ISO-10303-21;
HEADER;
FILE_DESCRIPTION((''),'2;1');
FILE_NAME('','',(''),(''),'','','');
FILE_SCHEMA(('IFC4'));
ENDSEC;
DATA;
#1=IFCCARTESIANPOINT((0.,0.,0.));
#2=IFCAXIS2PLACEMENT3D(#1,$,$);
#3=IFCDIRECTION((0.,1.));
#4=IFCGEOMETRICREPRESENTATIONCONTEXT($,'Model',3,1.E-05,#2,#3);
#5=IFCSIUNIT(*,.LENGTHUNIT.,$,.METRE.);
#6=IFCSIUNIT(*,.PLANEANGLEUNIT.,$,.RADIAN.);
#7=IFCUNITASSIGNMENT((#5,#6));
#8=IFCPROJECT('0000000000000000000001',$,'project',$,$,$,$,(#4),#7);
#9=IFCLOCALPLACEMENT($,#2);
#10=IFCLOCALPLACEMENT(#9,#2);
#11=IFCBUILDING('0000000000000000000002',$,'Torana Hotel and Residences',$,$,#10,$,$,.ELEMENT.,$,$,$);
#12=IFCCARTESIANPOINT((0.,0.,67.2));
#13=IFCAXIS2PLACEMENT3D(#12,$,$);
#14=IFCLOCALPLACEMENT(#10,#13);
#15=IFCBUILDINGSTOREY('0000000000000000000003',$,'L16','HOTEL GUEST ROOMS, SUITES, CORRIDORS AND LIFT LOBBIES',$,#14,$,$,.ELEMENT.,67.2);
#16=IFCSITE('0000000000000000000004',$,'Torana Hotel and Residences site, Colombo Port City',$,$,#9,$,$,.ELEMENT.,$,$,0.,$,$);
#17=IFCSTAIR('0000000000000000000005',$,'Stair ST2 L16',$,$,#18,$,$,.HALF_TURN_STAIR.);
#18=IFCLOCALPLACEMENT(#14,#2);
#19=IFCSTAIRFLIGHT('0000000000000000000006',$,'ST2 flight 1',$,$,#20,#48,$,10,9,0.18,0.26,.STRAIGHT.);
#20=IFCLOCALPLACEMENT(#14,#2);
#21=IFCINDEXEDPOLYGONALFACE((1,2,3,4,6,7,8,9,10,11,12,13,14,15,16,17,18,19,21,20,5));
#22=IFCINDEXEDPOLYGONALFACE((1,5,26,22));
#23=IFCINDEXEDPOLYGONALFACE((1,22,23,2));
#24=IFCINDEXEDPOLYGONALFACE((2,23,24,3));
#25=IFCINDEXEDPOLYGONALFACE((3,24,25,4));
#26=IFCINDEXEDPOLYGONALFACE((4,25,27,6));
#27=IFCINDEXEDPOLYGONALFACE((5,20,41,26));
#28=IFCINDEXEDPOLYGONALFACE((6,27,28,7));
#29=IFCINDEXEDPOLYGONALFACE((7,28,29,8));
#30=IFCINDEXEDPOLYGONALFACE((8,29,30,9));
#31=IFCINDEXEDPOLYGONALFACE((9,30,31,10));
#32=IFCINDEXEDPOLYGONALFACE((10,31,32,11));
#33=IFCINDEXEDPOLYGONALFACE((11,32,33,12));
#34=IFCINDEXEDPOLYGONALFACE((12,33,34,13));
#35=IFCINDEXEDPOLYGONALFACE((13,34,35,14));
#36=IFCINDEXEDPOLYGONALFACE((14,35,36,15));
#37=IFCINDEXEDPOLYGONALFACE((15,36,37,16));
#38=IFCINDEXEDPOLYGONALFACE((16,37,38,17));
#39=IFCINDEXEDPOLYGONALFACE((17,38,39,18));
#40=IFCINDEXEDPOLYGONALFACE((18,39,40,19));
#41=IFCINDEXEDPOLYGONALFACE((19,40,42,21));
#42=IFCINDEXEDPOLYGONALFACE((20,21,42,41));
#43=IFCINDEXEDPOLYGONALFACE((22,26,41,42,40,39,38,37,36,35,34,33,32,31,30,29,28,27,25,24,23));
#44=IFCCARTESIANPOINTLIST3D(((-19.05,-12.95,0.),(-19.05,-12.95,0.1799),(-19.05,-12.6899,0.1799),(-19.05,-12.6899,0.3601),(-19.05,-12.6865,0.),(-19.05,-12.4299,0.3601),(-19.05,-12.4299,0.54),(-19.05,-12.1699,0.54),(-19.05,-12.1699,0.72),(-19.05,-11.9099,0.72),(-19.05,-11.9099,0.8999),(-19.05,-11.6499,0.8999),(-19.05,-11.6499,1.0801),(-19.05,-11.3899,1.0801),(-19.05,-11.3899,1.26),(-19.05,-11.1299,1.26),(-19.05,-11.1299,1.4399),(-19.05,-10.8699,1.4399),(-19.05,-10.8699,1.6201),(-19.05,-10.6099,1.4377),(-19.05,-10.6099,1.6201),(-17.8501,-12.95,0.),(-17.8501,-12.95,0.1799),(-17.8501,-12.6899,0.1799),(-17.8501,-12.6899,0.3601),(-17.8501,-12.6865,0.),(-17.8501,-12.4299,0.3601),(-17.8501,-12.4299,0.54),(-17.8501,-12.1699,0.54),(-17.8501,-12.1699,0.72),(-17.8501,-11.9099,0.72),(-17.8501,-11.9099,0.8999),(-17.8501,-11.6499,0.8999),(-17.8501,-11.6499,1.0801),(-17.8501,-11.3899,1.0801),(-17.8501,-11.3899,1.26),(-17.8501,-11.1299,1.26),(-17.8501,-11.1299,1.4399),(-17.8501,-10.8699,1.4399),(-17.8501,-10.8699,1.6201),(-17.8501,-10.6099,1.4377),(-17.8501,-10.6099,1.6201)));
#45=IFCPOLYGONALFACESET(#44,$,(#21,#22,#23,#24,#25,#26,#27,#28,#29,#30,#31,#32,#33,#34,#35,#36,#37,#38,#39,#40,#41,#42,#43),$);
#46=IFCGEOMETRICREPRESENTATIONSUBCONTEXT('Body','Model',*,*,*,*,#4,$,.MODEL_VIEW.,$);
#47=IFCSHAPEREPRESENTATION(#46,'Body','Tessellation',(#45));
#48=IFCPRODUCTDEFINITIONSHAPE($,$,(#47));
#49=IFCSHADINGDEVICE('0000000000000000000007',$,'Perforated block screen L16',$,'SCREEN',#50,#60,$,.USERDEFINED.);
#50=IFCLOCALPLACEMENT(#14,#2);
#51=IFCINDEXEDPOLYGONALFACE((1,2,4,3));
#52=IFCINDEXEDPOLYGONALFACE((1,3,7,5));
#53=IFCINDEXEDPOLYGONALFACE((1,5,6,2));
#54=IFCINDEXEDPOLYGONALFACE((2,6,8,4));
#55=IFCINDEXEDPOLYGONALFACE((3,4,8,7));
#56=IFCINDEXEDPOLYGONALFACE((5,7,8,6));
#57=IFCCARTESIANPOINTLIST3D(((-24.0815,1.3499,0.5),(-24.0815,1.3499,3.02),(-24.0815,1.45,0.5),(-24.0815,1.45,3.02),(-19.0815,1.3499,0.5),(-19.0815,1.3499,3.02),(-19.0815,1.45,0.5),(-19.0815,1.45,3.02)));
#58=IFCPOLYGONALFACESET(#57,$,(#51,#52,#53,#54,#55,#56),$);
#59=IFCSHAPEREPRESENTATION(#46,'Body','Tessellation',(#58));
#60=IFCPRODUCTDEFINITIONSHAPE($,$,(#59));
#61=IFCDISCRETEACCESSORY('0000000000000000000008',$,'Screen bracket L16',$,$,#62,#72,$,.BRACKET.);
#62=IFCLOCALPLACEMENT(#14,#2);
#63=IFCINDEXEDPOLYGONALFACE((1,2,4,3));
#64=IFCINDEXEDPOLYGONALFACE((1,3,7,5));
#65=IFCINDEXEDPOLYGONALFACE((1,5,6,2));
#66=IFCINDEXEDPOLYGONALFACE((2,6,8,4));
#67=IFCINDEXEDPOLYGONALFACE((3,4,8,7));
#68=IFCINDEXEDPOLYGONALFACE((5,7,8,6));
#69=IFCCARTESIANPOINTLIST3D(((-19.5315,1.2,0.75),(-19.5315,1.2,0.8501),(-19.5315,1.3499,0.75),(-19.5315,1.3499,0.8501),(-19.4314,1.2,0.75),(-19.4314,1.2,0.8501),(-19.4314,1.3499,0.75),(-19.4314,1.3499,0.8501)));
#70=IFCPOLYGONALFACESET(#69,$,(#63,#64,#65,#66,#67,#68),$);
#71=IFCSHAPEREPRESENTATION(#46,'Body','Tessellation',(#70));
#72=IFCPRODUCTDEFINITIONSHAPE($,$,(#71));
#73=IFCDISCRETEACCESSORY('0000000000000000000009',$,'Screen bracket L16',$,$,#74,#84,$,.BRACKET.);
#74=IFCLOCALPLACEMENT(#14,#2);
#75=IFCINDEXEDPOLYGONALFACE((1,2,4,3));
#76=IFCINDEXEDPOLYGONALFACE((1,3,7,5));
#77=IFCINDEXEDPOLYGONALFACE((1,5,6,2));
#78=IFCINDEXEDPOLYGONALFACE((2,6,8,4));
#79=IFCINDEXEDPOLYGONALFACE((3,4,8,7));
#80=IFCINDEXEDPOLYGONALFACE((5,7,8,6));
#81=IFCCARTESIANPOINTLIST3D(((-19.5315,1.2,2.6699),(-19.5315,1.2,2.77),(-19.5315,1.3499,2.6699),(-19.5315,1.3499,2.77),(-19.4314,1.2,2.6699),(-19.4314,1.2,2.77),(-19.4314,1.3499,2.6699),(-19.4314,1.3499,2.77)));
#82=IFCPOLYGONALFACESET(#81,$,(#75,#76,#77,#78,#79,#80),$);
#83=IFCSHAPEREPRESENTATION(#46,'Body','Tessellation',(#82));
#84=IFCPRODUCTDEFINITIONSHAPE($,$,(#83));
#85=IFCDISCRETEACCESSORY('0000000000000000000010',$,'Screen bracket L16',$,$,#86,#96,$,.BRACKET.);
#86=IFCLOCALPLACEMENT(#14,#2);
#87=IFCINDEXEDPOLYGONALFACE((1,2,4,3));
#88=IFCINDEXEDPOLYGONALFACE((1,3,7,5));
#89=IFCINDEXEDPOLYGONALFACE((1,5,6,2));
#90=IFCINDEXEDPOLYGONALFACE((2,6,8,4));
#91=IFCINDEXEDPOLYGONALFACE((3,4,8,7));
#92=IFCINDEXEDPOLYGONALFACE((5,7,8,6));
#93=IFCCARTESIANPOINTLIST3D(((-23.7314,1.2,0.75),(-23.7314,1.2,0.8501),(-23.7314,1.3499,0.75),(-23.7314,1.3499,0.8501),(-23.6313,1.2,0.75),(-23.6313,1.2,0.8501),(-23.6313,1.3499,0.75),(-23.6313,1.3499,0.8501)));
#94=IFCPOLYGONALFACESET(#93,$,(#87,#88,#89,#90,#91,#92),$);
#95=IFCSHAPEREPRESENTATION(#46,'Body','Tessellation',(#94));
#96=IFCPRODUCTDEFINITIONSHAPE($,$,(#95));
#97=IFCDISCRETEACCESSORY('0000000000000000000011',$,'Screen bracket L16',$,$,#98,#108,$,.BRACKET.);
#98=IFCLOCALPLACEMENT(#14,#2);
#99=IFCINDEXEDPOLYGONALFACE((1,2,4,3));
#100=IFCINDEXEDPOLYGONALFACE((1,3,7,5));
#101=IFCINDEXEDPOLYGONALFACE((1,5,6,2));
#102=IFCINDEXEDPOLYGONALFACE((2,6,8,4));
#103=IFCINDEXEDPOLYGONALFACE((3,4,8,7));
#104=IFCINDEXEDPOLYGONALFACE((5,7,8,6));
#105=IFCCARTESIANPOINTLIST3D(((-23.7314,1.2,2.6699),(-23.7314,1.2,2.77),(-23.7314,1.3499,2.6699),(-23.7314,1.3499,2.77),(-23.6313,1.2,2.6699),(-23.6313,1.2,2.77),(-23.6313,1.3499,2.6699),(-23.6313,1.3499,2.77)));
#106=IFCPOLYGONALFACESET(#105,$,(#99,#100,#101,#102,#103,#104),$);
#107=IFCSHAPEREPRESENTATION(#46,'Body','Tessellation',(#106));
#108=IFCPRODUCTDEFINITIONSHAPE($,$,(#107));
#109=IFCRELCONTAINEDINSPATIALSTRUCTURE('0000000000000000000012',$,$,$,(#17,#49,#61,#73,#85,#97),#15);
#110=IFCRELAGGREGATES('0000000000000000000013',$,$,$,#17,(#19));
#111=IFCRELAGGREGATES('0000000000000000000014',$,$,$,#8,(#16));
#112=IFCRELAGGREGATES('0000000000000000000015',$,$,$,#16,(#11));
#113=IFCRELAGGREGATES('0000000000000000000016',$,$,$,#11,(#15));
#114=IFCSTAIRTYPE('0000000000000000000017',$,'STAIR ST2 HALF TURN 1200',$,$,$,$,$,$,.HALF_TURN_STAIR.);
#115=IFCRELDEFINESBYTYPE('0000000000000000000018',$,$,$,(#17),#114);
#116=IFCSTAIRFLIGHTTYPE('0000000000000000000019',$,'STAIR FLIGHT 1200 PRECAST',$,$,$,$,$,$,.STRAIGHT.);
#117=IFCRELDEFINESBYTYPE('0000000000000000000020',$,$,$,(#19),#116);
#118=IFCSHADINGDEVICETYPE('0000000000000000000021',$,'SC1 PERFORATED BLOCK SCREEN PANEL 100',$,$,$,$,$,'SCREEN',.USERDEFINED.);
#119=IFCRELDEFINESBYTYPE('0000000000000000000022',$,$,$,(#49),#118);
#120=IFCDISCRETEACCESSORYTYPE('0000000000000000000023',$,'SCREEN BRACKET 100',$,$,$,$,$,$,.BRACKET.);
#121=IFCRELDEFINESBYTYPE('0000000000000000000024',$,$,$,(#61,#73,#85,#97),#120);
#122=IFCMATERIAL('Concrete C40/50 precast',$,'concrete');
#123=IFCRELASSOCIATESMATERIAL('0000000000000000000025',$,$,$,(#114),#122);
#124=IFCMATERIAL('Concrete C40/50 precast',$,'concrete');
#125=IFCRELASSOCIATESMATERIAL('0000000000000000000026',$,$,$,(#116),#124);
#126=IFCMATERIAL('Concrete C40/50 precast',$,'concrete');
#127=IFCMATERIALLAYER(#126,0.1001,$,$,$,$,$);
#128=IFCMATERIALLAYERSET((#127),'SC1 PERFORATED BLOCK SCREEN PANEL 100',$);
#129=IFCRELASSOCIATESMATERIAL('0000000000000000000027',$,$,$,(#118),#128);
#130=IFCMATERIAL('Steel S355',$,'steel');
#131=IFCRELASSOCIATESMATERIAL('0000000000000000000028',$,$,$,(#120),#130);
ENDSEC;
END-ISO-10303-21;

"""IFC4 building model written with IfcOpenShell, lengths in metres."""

from ifc_helpers import new_model, si_unit, direction, frame, origin, origin_2d, place, context, subcontext, project, spatial, polyline, rectangle, outline, extrude, material, layer, layer_set, type_object, element, aggregate, save


model = new_model("IFC4")

# Units and contexts
model_context = context("Model", 3, precision=1e-05, world=origin(), true_north=direction((0.0, 1.0)))
body_context = subcontext(model_context, "Body", "Model", "MODEL_VIEW")
ifc_project = project(units=[si_unit("LENGTHUNIT", "METRE"), si_unit("PLANEANGLEUNIT", "RADIAN")], contexts=[model_context])

# Site, building, storey
site_placement = place(None, origin())
site = spatial("IfcSite", under=ifc_project, at=site_placement, Name="Torana Hotel and Residences site, Colombo Port City", CompositionType="ELEMENT", RefElevation=0.0)
building_placement = place(site_placement, origin())
building = spatial("IfcBuilding", under=site, at=building_placement, Name="Torana Hotel and Residences", CompositionType="ELEMENT")
storey_placement = place(building_placement, frame((0.0, 0.0, 67.2)))
storey = spatial("IfcBuildingStorey", under=building, at=storey_placement, Name="L16", Description="HOTEL GUEST ROOMS, SUITES, CORRIDORS AND LIFT LOBBIES", CompositionType="ELEMENT", Elevation=67.2)

# Stair, stair flight
ifc_material_1 = material(Name="Concrete C40/50 precast", Category="concrete")
stair_type = type_object("IfcStairType", Name="STAIR ST2 HALF TURN 1200", PredefinedType="HALF_TURN_STAIR", material=ifc_material_1)
stair_placement = place(storey_placement, origin())
stair = element("IfcStair", 1, at=stair_placement, inside=storey, type_object=stair_type, Name="Stair ST2 L16", PredefinedType="HALF_TURN_STAIR")
ifc_material_2 = material(Name="Concrete C40/50 precast", Category="concrete")
stair_flight_type = type_object("IfcStairFlightType", Name="STAIR FLIGHT 1200 PRECAST", PredefinedType="STRAIGHT", material=ifc_material_2)
stair_flight_placement = place(storey_placement, frame((-18.45, -12.95, 0.0), z_axis=(0.0, 0.0, 1.0), x_axis=(0.0, 1.0, 0.0)))
stair_flight = element("IfcStairFlight", 2, at=stair_flight_placement, type_object=stair_flight_type, Name="ST2 flight 1", NumberOfRisers=10, NumberOfTreads=9, PredefinedType="STRAIGHT", RiserHeight=0.18, TreadLength=0.26, context=body_context, shape_type="SweptSolid", body=[
    extrude(outline(polyline([(0.0, 0.0), (0.0, 0.1799), (0.26, 0.1799), (0.26, 0.3601), (0.52, 0.3601), (0.52, 0.54), (0.78, 0.54), (0.78, 0.72), (1.04, 0.72), (1.04, 0.8999), (1.3, 0.8999), (1.3, 1.0801), (1.5601, 1.0801), (1.5601, 1.26), (1.8201, 1.26), (1.8201, 1.4399), (2.0801, 1.4399), (2.0801, 1.6201), (2.3401, 1.6201), (2.3401, 1.8), (2.3401, 1.4377), (0.2634, 0.0), (0.0, 0.0)])), frame((0.0, 0.6001, 0.0), z_axis=(0.0, -1.0, 0.0), x_axis=(1.0, 0.0, 0.0)), (0.0, 0.0, 1.0), 1.2),
])
aggregate(stair, [stair_flight])

# Shading device
ifc_material_3 = material(Name="Concrete C40/50 precast", Category="concrete")
ifc_layer_1 = layer(ifc_material_3, 0.1001)
ifc_layer_set_1 = layer_set([ifc_layer_1], Name="SC1 PERFORATED BLOCK SCREEN PANEL 100")
shading_device_type = type_object("IfcShadingDeviceType", Name="SC1 PERFORATED BLOCK SCREEN PANEL 100", ElementType="SCREEN", PredefinedType="USERDEFINED", material=ifc_layer_set_1)
shading_device_placement = place(storey_placement, frame((-21.5815, 1.3999, 0.5), z_axis=(0.0, 0.0, 1.0), x_axis=(-1.0, 0.0, 0.0)))
element("IfcShadingDevice", 3, at=shading_device_placement, inside=storey, type_object=shading_device_type, Name="Perforated block screen L16", ObjectType="SCREEN", PredefinedType="USERDEFINED", context=body_context, shape_type="SweptSolid", body=[
    extrude(rectangle(XDim=5.0, YDim=0.1001, at=origin_2d()), origin(), (0.0, 0.0, 1.0), 2.52),
])

# Discrete accessories
ifc_material_4 = material(Name="Steel S355", Category="steel")
discrete_accessory_type = type_object("IfcDiscreteAccessoryType", Name="SCREEN BRACKET 100", PredefinedType="BRACKET", material=ifc_material_4)
for number, where, z_axis, x_axis, name in (
    (4, (-19.4814, 1.2749, 0.75), (0.0, 0.0, 1.0), (-1.0, 0.0, 0.0), "Screen bracket L16"),
    (5, (-19.4814, 1.2749, 2.6699), (0.0, 0.0, 1.0), (-1.0, 0.0, 0.0), "Screen bracket L16"),
    (6, (-23.6814, 1.2749, 0.75), (0.0, 0.0, 1.0), (-1.0, 0.0, 0.0), "Screen bracket L16"),
    (7, (-23.6814, 1.2749, 2.6699), (0.0, 0.0, 1.0), (-1.0, 0.0, 0.0), "Screen bracket L16"),
):
    element("IfcDiscreteAccessory", number, at=place(storey_placement, frame(where, z_axis=z_axis, x_axis=x_axis)), inside=storey, type_object=discrete_accessory_type, Name=name, PredefinedType="BRACKET", context=body_context, shape_type="SweptSolid", body=[
        extrude(rectangle(XDim=0.1001, YDim=0.1499, at=origin_2d()), origin(), (0.0, 0.0, 1.0), 0.1001),
    ])

save(model, "model.ifc")
